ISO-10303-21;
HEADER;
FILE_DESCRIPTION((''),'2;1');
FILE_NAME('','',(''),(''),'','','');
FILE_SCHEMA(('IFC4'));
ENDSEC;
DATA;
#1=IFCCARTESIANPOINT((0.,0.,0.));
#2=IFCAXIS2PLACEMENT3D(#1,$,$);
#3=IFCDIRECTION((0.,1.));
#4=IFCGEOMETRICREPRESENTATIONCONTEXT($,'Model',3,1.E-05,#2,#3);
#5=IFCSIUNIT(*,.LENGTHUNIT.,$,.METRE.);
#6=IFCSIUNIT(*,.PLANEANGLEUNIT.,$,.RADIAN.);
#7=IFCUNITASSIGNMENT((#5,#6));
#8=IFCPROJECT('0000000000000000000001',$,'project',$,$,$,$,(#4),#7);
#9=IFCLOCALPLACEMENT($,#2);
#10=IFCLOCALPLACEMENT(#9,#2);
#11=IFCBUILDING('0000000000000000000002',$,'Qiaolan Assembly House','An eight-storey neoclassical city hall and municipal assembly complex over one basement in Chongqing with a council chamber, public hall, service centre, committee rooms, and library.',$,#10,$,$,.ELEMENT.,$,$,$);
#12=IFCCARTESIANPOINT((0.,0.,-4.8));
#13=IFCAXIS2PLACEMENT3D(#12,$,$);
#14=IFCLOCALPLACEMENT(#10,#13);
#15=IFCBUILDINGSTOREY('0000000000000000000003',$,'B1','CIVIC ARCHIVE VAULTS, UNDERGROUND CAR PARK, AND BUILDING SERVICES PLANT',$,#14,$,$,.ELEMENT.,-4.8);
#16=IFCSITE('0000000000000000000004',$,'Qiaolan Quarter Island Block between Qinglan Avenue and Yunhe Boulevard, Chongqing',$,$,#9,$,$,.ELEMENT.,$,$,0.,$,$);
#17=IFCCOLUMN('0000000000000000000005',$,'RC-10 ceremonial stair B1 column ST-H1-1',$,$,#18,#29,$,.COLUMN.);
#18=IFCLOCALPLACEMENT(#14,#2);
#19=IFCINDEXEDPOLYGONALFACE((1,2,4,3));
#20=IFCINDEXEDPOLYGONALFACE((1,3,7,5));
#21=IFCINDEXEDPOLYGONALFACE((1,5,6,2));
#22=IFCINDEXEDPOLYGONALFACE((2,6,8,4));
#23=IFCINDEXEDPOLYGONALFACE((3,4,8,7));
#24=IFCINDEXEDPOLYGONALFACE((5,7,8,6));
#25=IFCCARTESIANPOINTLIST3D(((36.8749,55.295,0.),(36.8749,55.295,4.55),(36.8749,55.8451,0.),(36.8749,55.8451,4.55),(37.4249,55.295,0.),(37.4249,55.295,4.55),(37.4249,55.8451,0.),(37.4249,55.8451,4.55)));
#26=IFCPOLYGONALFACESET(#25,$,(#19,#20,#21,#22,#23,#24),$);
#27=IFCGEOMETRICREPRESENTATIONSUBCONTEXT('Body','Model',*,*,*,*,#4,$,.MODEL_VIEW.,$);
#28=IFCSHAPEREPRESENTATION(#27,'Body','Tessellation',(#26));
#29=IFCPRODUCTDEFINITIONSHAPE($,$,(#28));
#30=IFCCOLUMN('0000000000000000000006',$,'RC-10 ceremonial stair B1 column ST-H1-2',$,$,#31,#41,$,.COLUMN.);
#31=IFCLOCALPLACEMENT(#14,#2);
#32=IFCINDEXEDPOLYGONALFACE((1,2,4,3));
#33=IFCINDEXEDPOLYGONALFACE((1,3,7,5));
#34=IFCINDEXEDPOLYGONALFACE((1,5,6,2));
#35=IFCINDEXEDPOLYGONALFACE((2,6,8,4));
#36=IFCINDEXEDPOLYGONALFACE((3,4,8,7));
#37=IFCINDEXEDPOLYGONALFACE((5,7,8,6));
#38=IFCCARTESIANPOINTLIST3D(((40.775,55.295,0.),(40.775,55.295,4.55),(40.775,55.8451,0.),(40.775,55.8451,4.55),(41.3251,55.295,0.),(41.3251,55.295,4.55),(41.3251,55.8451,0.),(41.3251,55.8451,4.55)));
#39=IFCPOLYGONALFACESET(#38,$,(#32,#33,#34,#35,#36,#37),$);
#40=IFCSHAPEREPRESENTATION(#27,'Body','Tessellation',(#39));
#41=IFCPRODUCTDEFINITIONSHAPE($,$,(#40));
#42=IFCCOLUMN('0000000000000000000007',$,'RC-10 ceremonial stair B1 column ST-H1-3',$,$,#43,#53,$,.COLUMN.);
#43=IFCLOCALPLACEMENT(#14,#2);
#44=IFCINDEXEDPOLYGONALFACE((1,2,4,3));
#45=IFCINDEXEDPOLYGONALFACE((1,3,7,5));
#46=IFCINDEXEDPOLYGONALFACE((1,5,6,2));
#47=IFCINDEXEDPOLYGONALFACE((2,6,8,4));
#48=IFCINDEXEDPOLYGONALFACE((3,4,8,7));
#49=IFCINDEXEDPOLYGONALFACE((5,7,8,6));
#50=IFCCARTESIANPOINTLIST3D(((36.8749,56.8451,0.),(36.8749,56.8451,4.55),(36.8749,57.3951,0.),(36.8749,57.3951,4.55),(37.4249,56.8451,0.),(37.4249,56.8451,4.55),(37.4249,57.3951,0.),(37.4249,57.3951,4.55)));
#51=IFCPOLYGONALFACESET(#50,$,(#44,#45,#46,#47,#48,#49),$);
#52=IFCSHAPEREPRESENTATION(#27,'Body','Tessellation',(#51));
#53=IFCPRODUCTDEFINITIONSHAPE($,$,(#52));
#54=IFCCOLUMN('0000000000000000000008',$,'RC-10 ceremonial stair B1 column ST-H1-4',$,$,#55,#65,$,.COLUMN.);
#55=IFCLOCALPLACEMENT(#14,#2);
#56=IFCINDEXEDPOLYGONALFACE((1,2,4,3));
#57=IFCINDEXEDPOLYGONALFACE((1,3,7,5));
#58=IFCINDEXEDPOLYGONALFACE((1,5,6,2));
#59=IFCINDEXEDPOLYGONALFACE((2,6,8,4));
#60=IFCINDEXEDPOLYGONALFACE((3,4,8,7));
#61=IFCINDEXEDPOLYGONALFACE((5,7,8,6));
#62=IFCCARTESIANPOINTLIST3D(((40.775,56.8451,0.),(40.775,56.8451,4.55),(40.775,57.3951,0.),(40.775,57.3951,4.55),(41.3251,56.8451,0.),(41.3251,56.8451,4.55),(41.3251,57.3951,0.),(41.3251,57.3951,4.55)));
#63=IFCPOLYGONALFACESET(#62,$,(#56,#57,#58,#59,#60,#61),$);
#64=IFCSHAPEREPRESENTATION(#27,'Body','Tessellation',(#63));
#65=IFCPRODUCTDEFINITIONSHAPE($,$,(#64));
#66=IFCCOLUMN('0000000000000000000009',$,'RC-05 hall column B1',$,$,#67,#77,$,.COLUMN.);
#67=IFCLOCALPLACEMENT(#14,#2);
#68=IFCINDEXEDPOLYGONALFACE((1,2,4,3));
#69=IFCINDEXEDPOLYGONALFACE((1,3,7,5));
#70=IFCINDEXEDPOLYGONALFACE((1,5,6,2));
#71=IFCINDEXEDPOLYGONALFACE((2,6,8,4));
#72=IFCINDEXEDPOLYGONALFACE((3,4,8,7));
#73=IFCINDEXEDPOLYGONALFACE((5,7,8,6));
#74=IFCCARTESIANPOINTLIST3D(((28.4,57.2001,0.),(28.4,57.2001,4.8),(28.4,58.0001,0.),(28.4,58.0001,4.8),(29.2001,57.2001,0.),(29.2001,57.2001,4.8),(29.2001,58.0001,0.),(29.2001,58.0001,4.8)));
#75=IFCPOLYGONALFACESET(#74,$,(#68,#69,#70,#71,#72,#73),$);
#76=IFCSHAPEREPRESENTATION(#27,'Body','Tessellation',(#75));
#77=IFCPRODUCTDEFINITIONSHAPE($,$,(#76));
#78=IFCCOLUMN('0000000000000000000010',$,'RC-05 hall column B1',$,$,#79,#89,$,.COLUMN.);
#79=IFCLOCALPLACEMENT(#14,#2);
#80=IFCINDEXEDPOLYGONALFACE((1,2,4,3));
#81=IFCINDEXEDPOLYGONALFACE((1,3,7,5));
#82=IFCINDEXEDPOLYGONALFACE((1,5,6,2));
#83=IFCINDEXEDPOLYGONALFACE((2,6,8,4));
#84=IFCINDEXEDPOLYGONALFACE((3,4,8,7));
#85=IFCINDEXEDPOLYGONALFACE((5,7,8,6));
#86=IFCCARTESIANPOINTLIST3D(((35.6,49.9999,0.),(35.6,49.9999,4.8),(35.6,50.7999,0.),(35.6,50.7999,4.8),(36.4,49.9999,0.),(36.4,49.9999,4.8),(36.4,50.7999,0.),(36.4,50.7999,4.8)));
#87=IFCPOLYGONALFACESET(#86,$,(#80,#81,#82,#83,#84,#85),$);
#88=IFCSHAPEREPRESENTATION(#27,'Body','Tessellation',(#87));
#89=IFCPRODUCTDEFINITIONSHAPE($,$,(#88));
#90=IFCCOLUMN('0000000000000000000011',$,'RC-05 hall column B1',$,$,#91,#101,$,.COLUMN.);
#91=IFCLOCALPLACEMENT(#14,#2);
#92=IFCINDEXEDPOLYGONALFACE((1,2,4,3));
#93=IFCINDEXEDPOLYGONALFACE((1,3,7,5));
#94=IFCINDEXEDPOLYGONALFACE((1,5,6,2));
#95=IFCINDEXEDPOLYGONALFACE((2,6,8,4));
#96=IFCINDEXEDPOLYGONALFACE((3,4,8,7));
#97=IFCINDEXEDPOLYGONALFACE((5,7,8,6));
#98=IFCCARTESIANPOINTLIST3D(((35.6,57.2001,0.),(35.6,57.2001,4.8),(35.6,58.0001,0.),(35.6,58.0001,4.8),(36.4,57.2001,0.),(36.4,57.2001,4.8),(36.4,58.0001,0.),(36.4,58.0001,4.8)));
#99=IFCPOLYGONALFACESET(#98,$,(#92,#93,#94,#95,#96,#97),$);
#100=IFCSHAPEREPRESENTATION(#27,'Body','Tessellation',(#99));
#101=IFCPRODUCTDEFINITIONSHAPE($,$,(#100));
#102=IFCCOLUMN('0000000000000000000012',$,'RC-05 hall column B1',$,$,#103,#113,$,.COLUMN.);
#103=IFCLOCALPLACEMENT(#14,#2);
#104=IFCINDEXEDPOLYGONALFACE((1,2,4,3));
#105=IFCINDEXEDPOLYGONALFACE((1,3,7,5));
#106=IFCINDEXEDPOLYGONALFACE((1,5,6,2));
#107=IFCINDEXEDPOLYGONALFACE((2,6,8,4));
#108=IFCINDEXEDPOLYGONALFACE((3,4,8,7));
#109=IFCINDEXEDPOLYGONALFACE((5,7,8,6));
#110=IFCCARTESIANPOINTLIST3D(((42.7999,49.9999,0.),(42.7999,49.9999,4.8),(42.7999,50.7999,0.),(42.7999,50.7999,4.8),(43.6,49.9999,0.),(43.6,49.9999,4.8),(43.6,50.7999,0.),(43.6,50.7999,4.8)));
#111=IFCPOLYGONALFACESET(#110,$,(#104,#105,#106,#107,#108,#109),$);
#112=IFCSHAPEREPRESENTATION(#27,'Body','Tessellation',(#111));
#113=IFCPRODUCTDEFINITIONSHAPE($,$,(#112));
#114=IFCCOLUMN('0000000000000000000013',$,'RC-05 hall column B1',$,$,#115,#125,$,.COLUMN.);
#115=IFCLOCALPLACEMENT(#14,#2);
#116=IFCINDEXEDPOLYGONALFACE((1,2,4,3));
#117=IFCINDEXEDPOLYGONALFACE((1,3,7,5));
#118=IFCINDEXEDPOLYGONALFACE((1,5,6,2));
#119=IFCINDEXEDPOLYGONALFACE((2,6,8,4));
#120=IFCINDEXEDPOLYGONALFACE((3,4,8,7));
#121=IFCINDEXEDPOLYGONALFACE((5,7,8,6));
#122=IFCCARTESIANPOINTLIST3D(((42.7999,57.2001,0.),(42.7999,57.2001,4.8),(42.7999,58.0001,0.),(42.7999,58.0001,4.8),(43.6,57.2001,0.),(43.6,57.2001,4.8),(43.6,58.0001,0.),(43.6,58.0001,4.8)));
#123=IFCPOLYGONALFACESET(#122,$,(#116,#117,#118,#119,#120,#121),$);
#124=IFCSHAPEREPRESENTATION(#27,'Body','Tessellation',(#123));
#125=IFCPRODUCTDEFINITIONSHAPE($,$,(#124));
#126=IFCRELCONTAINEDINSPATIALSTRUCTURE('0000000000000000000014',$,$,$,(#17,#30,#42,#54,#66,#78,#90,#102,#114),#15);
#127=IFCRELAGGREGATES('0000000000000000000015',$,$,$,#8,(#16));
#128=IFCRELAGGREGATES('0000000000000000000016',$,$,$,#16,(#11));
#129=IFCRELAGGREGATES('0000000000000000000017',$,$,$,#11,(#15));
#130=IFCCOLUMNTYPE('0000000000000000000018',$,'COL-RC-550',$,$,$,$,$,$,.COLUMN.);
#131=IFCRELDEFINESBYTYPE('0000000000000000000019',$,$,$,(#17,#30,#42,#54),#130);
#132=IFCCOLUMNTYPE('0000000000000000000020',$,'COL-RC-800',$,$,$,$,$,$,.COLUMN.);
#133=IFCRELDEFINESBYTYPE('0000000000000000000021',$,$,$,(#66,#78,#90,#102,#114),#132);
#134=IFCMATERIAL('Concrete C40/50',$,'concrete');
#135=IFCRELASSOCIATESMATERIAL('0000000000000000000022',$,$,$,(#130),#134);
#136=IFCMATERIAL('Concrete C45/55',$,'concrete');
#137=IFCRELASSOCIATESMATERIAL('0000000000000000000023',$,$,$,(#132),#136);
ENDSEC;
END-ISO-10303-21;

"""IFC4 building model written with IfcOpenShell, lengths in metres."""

from ifc_helpers import new_model, si_unit, direction, frame, origin, origin_2d, place, context, subcontext, project, spatial, rectangle, extrude, material, material_profile, profile_set, type_object, element, save


model = new_model("IFC4")

# Units and contexts
model_context = context("Model", 3, precision=1e-05, world=origin(), true_north=direction((0.0, 1.0)))
body_context = subcontext(model_context, "Body", "Model", "MODEL_VIEW")
ifc_project = project(units=[si_unit("LENGTHUNIT", "METRE"), si_unit("PLANEANGLEUNIT", "RADIAN")], contexts=[model_context])

# Site, building, storey
site_placement = place(None, origin())
site = spatial("IfcSite", under=ifc_project, at=site_placement, Name="Qiaolan Quarter Island Block between Qinglan Avenue and Yunhe Boulevard, Chongqing", CompositionType="ELEMENT", RefElevation=0.0)
building_placement = place(site_placement, origin())
building = spatial("IfcBuilding", under=site, at=building_placement, Name="Qiaolan Assembly House", Description="An eight-storey neoclassical city hall and municipal assembly complex over one basement in Chongqing with a council chamber, public hall, service centre, committee rooms, and library.", CompositionType="ELEMENT")
storey_placement = place(building_placement, frame((0.0, 0.0, -4.8)))
storey = spatial("IfcBuildingStorey", under=building, at=storey_placement, Name="B1", Description="CIVIC ARCHIVE VAULTS, UNDERGROUND CAR PARK, AND BUILDING SERVICES PLANT", CompositionType="ELEMENT", Elevation=-4.8)

# Shared definitions
ifc_material_1 = material(Name="Concrete C40/50", Category="concrete")

# Shared definitions
ifc_material_2 = material(Name="Concrete C45/55", Category="concrete")

# Columns
ifc_material_profile_1 = material_profile(ifc_material_1, rectangle(XDim=0.55, YDim=0.55, at=origin_2d()), Name="RC 550x550")
ifc_profile_set_1 = profile_set([ifc_material_profile_1], Name="Concrete C40/50")
column_type_1 = type_object("IfcColumnType", Name="COL-RC-550", PredefinedType="COLUMN", material=ifc_profile_set_1)
for number, where, z_axis, x_axis, name in (
    (1, (37.1499, 55.5701, 0.0), (0.0, 0.0, 1.0), (1.0, 0.0, 0.0), "RC-10 ceremonial stair B1 column ST-H1-1"),
    (2, (41.05, 55.5701, 0.0), (0.0, 0.0, 1.0), (1.0, 0.0, 0.0), "RC-10 ceremonial stair B1 column ST-H1-2"),
    (3, (37.1499, 57.1201, 0.0), (0.0, 0.0, 1.0), (1.0, 0.0, 0.0), "RC-10 ceremonial stair B1 column ST-H1-3"),
    (4, (41.05, 57.1201, 0.0), (0.0, 0.0, 1.0), (1.0, 0.0, 0.0), "RC-10 ceremonial stair B1 column ST-H1-4"),
):
    element("IfcColumn", number, at=place(storey_placement, frame(where, z_axis=z_axis, x_axis=x_axis)), inside=storey, type_object=column_type_1, Name=name, PredefinedType="COLUMN", context=body_context, shape_type="SweptSolid", body=[
        extrude(rectangle(XDim=0.55, YDim=0.55, at=origin_2d()), origin(), (0.0, 0.0, 1.0), 4.55),
    ])
ifc_material_profile_2 = material_profile(ifc_material_2, rectangle(XDim=0.8, YDim=0.8, at=origin_2d()), Name="RC 800x800")
ifc_profile_set_2 = profile_set([ifc_material_profile_2], Name="Concrete C45/55")
column_type_2 = type_object("IfcColumnType", Name="COL-RC-800", PredefinedType="COLUMN", material=ifc_profile_set_2)
for number, where, z_axis, x_axis, name in (
    (5, (28.8, 57.6001, 0.0), (0.0, 0.0, 1.0), (1.0, 0.0, 0.0), "RC-05 hall column B1"),
    (6, (36.0, 50.3999, 0.0), (0.0, 0.0, 1.0), (1.0, 0.0, 0.0), "RC-05 hall column B1"),
    (7, (36.0, 57.6001, 0.0), (0.0, 0.0, 1.0), (1.0, 0.0, 0.0), "RC-05 hall column B1"),
    (8, (43.2, 50.3999, 0.0), (0.0, 0.0, 1.0), (1.0, 0.0, 0.0), "RC-05 hall column B1"),
    (9, (43.2, 57.6001, 0.0), (0.0, 0.0, 1.0), (1.0, 0.0, 0.0), "RC-05 hall column B1"),
):
    element("IfcColumn", number, at=place(storey_placement, frame(where, z_axis=z_axis, x_axis=x_axis)), inside=storey, type_object=column_type_2, Name=name, PredefinedType="COLUMN", context=body_context, shape_type="SweptSolid", body=[
        extrude(rectangle(XDim=0.8, YDim=0.8, at=origin_2d()), origin(), (0.0, 0.0, 1.0), 4.8),
    ])

save(model, "model.ifc")
